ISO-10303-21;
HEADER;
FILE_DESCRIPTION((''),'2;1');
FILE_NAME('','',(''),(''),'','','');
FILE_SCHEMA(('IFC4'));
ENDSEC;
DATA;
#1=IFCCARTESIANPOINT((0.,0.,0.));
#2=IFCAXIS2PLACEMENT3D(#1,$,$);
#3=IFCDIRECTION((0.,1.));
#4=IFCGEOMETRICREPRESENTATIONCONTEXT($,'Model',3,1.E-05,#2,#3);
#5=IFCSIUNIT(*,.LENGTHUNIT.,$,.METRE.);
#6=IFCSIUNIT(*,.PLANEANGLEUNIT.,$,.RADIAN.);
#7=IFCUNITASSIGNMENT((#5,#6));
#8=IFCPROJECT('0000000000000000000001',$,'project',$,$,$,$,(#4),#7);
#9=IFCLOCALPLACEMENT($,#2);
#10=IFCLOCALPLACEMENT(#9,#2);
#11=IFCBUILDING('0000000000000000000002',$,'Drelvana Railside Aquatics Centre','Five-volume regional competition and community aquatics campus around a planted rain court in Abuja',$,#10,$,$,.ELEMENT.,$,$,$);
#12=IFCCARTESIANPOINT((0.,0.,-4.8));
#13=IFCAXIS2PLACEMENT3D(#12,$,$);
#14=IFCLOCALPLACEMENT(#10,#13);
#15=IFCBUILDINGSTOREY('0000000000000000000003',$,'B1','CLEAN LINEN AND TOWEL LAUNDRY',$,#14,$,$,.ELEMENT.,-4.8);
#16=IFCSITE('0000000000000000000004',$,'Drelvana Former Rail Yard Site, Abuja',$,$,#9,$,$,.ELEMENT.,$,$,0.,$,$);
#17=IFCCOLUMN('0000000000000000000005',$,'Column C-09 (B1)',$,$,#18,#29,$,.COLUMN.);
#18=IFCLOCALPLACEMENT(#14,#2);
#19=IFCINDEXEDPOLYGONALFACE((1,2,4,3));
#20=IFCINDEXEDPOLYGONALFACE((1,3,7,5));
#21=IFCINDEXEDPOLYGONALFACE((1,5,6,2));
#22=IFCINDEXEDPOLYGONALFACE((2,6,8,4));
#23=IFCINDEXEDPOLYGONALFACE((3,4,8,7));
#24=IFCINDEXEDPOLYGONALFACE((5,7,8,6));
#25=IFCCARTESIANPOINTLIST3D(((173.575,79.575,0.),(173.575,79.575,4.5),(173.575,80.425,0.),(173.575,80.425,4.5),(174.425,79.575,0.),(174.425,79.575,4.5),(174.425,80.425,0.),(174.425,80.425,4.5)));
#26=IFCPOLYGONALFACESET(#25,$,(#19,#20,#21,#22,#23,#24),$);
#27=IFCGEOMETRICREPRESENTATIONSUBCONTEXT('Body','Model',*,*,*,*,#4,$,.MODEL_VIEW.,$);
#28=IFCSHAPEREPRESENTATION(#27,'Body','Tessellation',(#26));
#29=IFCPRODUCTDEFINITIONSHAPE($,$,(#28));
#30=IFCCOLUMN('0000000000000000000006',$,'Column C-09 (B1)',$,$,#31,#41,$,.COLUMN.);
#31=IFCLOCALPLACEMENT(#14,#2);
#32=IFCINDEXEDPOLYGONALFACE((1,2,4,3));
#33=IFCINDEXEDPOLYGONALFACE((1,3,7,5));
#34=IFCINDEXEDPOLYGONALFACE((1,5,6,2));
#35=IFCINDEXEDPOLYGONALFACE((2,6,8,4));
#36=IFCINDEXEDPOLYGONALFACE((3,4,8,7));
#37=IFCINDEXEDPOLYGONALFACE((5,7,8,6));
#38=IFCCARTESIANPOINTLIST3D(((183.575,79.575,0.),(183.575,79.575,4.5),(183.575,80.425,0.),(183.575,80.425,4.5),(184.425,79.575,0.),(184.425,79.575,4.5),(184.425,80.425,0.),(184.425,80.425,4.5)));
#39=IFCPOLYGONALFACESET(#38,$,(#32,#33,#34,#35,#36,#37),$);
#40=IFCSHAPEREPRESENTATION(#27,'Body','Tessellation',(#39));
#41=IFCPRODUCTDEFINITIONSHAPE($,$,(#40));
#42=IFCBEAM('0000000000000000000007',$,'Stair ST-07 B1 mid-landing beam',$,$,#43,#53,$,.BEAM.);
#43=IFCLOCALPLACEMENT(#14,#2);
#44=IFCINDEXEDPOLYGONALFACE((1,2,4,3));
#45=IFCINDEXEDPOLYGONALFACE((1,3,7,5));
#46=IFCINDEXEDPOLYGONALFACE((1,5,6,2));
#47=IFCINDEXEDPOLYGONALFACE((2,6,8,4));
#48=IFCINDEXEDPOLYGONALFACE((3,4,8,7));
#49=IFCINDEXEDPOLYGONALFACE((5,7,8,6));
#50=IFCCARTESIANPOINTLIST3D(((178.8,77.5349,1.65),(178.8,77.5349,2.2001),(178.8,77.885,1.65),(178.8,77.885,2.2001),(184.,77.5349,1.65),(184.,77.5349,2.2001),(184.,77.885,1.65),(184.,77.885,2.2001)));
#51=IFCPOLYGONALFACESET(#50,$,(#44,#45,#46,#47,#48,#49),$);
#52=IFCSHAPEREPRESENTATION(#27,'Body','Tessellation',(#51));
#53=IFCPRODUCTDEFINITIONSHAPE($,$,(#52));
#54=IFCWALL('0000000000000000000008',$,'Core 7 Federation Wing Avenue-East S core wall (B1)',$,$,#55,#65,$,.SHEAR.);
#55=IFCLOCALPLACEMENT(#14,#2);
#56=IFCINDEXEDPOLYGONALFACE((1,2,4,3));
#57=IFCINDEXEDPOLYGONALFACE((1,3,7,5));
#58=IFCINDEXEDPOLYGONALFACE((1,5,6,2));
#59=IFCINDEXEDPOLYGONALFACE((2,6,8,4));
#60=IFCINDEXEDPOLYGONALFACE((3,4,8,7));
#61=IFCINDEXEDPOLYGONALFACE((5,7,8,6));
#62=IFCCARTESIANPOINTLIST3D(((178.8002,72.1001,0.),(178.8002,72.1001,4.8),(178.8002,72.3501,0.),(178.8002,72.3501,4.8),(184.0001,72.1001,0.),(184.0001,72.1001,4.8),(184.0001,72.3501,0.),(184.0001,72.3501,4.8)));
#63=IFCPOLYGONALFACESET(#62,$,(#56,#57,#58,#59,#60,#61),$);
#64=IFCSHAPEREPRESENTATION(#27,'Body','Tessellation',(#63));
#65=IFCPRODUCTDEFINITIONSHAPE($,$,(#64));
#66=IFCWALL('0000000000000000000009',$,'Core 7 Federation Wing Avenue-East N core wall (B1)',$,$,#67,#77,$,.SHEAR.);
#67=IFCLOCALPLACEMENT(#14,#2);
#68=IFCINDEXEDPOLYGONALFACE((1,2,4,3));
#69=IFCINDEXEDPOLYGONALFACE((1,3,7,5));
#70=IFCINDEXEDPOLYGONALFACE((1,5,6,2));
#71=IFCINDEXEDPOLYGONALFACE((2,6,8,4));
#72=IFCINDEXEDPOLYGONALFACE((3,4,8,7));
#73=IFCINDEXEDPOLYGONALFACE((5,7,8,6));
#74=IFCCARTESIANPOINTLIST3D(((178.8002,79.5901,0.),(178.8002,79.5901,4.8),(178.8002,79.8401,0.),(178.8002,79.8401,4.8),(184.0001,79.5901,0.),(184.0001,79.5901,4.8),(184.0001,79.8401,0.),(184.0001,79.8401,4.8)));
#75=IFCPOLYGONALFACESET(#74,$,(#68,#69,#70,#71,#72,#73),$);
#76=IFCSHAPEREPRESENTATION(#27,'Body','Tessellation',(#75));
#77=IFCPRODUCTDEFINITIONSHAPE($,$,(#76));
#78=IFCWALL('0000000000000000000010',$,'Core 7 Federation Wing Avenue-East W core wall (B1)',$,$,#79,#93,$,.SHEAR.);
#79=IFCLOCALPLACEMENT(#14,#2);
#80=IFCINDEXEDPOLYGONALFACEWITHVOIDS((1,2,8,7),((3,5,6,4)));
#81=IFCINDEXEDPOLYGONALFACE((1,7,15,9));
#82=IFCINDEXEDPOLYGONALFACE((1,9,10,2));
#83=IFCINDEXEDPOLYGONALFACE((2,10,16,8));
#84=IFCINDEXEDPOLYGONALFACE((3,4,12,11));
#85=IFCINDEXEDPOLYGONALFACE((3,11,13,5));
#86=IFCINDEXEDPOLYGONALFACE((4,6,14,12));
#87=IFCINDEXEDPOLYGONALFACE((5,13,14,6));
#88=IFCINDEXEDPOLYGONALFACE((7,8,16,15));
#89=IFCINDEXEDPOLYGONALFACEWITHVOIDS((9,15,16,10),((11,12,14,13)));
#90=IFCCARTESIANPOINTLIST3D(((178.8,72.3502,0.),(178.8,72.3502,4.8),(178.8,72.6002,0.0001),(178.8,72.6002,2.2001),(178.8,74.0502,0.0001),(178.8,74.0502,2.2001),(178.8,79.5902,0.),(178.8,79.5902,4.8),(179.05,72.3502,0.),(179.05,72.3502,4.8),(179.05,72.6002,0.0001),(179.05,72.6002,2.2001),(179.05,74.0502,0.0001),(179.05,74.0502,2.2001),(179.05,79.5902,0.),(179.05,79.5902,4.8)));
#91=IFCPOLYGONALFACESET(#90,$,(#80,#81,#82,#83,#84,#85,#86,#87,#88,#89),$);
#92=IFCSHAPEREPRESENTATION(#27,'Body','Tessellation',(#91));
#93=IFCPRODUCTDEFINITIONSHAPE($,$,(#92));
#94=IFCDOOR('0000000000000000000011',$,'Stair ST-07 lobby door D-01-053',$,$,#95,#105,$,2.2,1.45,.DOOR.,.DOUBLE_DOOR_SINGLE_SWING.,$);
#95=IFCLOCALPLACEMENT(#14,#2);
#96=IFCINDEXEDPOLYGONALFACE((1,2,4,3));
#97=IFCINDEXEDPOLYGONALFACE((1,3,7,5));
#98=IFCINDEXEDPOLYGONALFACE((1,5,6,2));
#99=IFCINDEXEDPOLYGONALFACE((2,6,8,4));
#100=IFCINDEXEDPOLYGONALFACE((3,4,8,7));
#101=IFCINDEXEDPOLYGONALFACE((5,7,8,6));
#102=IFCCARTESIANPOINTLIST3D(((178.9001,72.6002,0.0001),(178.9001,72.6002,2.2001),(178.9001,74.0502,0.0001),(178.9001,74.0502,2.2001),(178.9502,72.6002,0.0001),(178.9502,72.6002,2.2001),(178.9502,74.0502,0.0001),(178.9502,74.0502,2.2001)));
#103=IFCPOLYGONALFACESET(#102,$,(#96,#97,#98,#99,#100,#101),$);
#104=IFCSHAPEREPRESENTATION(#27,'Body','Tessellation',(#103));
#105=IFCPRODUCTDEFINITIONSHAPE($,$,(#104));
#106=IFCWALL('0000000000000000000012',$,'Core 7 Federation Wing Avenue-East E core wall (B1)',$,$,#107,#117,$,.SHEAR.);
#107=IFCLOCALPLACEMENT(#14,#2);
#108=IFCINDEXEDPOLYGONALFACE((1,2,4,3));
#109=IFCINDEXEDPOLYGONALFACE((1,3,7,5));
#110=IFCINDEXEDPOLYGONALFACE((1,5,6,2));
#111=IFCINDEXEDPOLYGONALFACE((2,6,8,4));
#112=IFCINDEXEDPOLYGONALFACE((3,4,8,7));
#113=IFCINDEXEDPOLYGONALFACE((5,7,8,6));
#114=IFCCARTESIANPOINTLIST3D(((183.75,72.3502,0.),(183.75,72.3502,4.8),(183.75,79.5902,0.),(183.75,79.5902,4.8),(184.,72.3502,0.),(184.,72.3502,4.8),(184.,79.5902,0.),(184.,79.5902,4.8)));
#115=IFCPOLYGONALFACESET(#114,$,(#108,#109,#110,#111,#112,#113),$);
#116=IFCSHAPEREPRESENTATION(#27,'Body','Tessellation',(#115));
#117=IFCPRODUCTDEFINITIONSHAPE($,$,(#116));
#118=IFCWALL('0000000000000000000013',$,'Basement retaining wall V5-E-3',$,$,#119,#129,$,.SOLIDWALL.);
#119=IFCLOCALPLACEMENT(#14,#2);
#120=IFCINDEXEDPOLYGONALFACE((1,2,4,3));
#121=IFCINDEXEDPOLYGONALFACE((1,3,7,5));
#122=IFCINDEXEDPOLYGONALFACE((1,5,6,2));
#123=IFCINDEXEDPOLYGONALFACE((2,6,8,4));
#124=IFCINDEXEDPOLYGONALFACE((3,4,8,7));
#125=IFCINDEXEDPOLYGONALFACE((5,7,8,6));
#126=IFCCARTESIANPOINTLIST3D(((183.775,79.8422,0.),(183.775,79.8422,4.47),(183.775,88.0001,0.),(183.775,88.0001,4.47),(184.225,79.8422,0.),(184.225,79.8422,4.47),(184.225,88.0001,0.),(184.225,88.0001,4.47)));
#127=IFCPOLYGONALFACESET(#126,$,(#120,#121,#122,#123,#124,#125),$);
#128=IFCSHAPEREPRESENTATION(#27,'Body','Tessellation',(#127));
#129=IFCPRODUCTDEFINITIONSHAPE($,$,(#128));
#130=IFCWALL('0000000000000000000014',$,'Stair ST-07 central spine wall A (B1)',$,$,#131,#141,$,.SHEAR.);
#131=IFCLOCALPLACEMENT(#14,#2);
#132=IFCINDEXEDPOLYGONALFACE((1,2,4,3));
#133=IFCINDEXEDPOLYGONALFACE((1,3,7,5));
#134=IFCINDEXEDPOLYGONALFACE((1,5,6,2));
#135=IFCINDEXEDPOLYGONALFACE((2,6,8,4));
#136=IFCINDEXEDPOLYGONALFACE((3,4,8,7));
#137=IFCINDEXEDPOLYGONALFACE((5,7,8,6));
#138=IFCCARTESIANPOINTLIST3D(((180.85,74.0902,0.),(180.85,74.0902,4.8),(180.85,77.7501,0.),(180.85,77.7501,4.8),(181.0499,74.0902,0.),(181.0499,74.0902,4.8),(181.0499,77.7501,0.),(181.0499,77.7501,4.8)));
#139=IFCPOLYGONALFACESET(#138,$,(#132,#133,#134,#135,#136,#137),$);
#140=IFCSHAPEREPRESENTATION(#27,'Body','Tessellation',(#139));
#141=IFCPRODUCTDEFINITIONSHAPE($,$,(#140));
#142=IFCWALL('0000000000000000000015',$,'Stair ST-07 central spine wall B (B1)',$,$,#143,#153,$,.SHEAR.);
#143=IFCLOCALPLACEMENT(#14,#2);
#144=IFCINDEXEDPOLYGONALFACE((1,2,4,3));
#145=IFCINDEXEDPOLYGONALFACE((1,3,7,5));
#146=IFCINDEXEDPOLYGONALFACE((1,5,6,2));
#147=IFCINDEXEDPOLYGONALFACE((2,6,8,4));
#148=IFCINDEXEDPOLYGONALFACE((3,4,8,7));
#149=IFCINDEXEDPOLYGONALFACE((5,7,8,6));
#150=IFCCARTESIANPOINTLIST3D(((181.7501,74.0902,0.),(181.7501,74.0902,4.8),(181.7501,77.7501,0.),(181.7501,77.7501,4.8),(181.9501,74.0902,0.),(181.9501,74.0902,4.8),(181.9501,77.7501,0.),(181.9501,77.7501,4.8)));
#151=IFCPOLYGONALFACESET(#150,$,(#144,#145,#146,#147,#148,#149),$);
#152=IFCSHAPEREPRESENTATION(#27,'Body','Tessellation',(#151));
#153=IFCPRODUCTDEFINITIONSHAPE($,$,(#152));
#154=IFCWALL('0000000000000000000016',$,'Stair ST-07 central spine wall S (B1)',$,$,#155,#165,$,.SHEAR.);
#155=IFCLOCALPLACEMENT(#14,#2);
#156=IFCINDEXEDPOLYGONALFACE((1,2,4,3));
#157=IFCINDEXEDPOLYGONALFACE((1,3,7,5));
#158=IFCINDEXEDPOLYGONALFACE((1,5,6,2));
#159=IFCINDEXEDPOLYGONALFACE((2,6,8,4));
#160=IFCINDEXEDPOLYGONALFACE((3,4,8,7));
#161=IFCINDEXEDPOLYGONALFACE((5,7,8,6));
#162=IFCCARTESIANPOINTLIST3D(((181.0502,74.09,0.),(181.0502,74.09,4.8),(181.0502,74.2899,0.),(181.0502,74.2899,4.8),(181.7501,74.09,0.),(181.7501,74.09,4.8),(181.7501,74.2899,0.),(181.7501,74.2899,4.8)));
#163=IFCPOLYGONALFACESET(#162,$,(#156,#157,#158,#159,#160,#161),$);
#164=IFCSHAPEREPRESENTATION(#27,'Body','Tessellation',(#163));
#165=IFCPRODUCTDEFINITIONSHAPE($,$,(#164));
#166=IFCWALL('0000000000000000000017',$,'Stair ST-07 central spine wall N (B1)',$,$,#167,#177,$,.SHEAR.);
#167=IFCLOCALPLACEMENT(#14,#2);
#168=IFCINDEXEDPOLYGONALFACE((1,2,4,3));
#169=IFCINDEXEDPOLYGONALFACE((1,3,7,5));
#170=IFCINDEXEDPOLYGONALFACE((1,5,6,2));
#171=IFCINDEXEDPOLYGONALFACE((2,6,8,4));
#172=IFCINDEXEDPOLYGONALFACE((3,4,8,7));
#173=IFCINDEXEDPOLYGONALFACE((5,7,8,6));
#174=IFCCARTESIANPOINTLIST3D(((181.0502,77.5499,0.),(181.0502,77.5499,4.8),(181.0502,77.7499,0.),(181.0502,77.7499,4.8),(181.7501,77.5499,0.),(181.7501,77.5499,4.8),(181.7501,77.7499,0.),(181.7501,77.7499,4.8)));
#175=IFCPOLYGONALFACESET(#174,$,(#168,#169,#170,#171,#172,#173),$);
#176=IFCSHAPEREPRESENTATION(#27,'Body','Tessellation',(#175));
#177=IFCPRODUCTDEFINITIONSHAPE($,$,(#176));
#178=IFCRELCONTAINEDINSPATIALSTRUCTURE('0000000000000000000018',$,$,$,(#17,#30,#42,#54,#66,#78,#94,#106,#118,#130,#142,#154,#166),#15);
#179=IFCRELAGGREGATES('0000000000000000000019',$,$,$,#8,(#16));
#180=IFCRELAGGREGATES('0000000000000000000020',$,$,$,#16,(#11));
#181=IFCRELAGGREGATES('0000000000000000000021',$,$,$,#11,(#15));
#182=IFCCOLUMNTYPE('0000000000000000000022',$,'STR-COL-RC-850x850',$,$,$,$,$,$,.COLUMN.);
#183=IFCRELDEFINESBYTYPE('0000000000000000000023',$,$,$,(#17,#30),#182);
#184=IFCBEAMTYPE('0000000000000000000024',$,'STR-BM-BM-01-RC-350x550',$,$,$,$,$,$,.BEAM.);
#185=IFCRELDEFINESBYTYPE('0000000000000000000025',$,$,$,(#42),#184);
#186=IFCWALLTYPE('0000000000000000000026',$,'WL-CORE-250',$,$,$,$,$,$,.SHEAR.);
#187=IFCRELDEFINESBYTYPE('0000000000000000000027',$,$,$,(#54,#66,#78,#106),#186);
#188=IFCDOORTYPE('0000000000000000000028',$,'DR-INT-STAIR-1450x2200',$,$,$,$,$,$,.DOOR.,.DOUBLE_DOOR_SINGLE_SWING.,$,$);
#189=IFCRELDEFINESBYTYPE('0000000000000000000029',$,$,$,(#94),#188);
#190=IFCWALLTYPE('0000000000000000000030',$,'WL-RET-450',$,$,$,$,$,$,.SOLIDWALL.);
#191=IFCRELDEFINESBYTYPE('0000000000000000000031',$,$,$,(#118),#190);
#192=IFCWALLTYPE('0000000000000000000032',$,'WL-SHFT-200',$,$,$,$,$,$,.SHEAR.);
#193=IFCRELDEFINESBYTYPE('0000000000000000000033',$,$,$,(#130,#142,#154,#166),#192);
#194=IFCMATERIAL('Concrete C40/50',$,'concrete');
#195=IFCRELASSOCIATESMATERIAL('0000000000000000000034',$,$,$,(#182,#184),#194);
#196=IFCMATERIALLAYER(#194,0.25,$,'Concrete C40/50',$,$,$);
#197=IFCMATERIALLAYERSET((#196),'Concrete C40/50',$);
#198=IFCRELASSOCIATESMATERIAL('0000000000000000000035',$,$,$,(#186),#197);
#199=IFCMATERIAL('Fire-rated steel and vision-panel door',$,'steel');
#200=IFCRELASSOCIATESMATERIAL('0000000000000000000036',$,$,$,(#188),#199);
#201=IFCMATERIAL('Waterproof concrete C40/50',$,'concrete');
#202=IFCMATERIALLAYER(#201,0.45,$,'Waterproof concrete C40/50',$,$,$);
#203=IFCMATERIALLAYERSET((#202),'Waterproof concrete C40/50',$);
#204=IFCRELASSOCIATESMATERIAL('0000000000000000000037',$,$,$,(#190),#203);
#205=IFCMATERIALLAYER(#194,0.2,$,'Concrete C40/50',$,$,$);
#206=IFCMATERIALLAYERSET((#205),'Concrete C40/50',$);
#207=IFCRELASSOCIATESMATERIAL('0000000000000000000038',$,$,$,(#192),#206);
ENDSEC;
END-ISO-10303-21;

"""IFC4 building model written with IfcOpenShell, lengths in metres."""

from ifc_helpers import new_model, si_unit, direction, frame, frame_2d, origin, origin_2d, place, context, subcontext, project, spatial, rectangle, extrude, material, layer, layer_set, material_profile, profile_set, type_object, element, fill, save


model = new_model("IFC4")

# Units and contexts
model_context = context("Model", 3, precision=1e-05, world=origin(), true_north=direction((0.0, 1.0)))
body_context = subcontext(model_context, "Body", "Model", "MODEL_VIEW")
ifc_project = project(units=[si_unit("LENGTHUNIT", "METRE"), si_unit("PLANEANGLEUNIT", "RADIAN")], contexts=[model_context])

# Site, building, storey
site_placement = place(None, origin())
site = spatial("IfcSite", under=ifc_project, at=site_placement, Name="Drelvana Former Rail Yard Site, Abuja", CompositionType="ELEMENT", RefElevation=0.0)
building_placement = place(site_placement, origin())
building = spatial("IfcBuilding", under=site, at=building_placement, Name="Drelvana Railside Aquatics Centre", Description="Five-volume regional competition and community aquatics campus around a planted rain court in Abuja", CompositionType="ELEMENT")
storey_placement = place(building_placement, frame((0.0, 0.0, -4.8)))
storey = spatial("IfcBuildingStorey", under=building, at=storey_placement, Name="B1", Description="CLEAN LINEN AND TOWEL LAUNDRY", CompositionType="ELEMENT", Elevation=-4.8)

# Columns
ifc_material_1 = material(Name="Concrete C40/50", Category="concrete")
ifc_material_profile_1 = material_profile(ifc_material_1, rectangle(XDim=0.8501, YDim=0.8501, at=origin_2d()), Name="RC 850x850")
ifc_profile_set_1 = profile_set([ifc_material_profile_1], Name="Concrete C40/50")
column_type = type_object("IfcColumnType", Name="STR-COL-RC-850x850", PredefinedType="COLUMN", material=ifc_profile_set_1)
for number, where, z_axis, x_axis, name in (
    (1, (174.0, 80.0, 0.0), (0.0, 0.0, 1.0), (1.0, 0.0, 0.0), "Column C-09 (B1)"),
    (2, (184.0, 80.0, 0.0), (0.0, 0.0, 1.0), (1.0, 0.0, 0.0), "Column C-09 (B1)"),
):
    element("IfcColumn", number, at=place(storey_placement, frame(where, z_axis=z_axis, x_axis=x_axis)), inside=storey, type_object=column_type, Name=name, PredefinedType="COLUMN", context=body_context, shape_type="SweptSolid", body=[
        extrude(rectangle(XDim=0.8501, YDim=0.8501, at=origin_2d()), origin(), (0.0, 0.0, 1.0), 4.5),
    ])

# Beam
ifc_material_profile_2 = material_profile(ifc_material_1, rectangle(XDim=0.3501, YDim=0.55, at=origin_2d()), Name="RC 350x550")
ifc_profile_set_2 = profile_set([ifc_material_profile_2], Name="Concrete C40/50")
beam_type = type_object("IfcBeamType", Name="STR-BM-BM-01-RC-350x550", PredefinedType="BEAM", material=ifc_profile_set_2)
beam_placement = place(storey_placement, frame((178.8, 77.71, 1.925), z_axis=(1.0, 0.0, 0.0), x_axis=(0.0, 1.0, 0.0)))
element("IfcBeam", 3, at=beam_placement, inside=storey, type_object=beam_type, Name="Stair ST-07 B1 mid-landing beam", PredefinedType="BEAM", context=body_context, shape_type="SweptSolid", body=[
    extrude(rectangle(XDim=0.3501, YDim=0.55, at=origin_2d()), origin(), (0.0, 0.0, 1.0), 5.2),
])

# Walls
ifc_layer_1 = layer(ifc_material_1, 0.25, Name="Concrete C40/50")
ifc_layer_set_1 = layer_set([ifc_layer_1], Name="Concrete C40/50")
wall_type_1 = type_object("IfcWallType", Name="WL-CORE-250", PredefinedType="SHEAR", material=ifc_layer_set_1)
for number, where, z_axis, x_axis, name in (
    (4, (178.8, 72.2251, 0.0), (0.0, 0.0, 1.0), (1.0, 0.0, 0.0), "Core 7 Federation Wing Avenue-East S core wall (B1)"),
    (5, (178.8, 79.7151, 0.0), (0.0, 0.0, 1.0), (1.0, 0.0, 0.0), "Core 7 Federation Wing Avenue-East N core wall (B1)"),
):
    element("IfcWall", number, at=place(storey_placement, frame(where, z_axis=z_axis, x_axis=x_axis)), inside=storey, type_object=wall_type_1, Name=name, PredefinedType="SHEAR", context=body_context, shape_type="SweptSolid", body=[
        extrude(rectangle(XDim=5.2, YDim=0.25, at=frame_2d((2.6001, 0.0))), origin(), (0.0, 0.0, 1.0), 4.8),
    ])

# Wall, opening, door
wall_1_placement = place(storey_placement, frame((178.925, 72.3501, 0.0), z_axis=(0.0, 0.0, 1.0), x_axis=(0.0, 1.0, 0.0)))
wall_1 = element("IfcWall", 6, at=wall_1_placement, inside=storey, type_object=wall_type_1, Name="Core 7 Federation Wing Avenue-East W core wall (B1)", PredefinedType="SHEAR", context=body_context, shape_type="SweptSolid", body=[
    extrude(rectangle(XDim=7.24, YDim=0.25, at=frame_2d((3.6201, 0.0))), origin(), (0.0, 0.0, 1.0), 4.8),
])
opening_placement = place(wall_1_placement, frame((0.25, 0.0, 0.0)))
opening = element("IfcOpeningElement", 7, at=opening_placement, cuts=wall_1, PredefinedType="OPENING", context=body_context, shape_type="SweptSolid", body=[
    extrude(rectangle(XDim=1.45, YDim=2.2, at=frame_2d((0.7251, 1.1001))), frame((0.0, 0.135, 0.0), z_axis=(0.0, -1.0, 0.0), x_axis=(1.0, 0.0, 0.0)), (0.0, 0.0, 1.0), 0.27),
])
ifc_material_2 = material(Name="Fire-rated steel and vision-panel door", Category="steel")
door_type = type_object("IfcDoorType", Name="DR-INT-STAIR-1450x2200", OperationType="DOUBLE_DOOR_SINGLE_SWING", PredefinedType="DOOR", material=ifc_material_2)
door_placement = place(opening_placement, origin())
door = element("IfcDoor", 8, at=door_placement, inside=storey, type_object=door_type, Name="Stair ST-07 lobby door D-01-053", OperationType="DOUBLE_DOOR_SINGLE_SWING", OverallHeight=2.2, OverallWidth=1.45, PredefinedType="DOOR", context=body_context, shape_type="SweptSolid", body=[
    extrude(rectangle(XDim=1.45, YDim=2.2, at=frame_2d((0.7251, 1.1001))), frame((0.0, 0.0249, 0.0), z_axis=(0.0, -1.0, 0.0), x_axis=(1.0, 0.0, 0.0)), (0.0, 0.0, 1.0), 0.05),
])
fill(opening, door)

# Walls
wall_2_placement = place(storey_placement, frame((183.875, 72.3501, 0.0), z_axis=(0.0, 0.0, 1.0), x_axis=(0.0, 1.0, 0.0)))
element("IfcWall", 9, at=wall_2_placement, inside=storey, type_object=wall_type_1, Name="Core 7 Federation Wing Avenue-East E core wall (B1)", PredefinedType="SHEAR", context=body_context, shape_type="SweptSolid", body=[
    extrude(rectangle(XDim=7.24, YDim=0.25, at=frame_2d((3.6201, 0.0))), origin(), (0.0, 0.0, 1.0), 4.8),
])
ifc_material_3 = material(Name="Waterproof concrete C40/50", Category="concrete")
ifc_layer_2 = layer(ifc_material_3, 0.45, Name="Waterproof concrete C40/50")
ifc_layer_set_2 = layer_set([ifc_layer_2], Name="Waterproof concrete C40/50")
wall_type_2 = type_object("IfcWallType", Name="WL-RET-450", PredefinedType="SOLIDWALL", material=ifc_layer_set_2)
wall_3_placement = place(storey_placement, frame((184.0, 79.842, 0.0), z_axis=(0.0, 0.0, 1.0), x_axis=(0.0, 1.0, 0.0)))
element("IfcWall", 10, at=wall_3_placement, inside=storey, type_object=wall_type_2, Name="Basement retaining wall V5-E-3", PredefinedType="SOLIDWALL", context=body_context, shape_type="SweptSolid", body=[
    extrude(rectangle(XDim=8.158, YDim=0.45, at=frame_2d((4.0791, 0.0))), origin(), (0.0, 0.0, 1.0), 4.47),
])
ifc_layer_3 = layer(ifc_material_1, 0.2, Name="Concrete C40/50")
ifc_layer_set_3 = layer_set([ifc_layer_3], Name="Concrete C40/50")
wall_type_3 = type_object("IfcWallType", Name="WL-SHFT-200", PredefinedType="SHEAR", material=ifc_layer_set_3)
for number, where, z_axis, x_axis, name in (
    (11, (180.95, 74.0901, 0.0), (0.0, 0.0, 1.0), (0.0, 1.0, 0.0), "Stair ST-07 central spine wall A (B1)"),
    (12, (181.8501, 74.0901, 0.0), (0.0, 0.0, 1.0), (0.0, 1.0, 0.0), "Stair ST-07 central spine wall B (B1)"),
):
    element("IfcWall", number, at=place(storey_placement, frame(where, z_axis=z_axis, x_axis=x_axis)), inside=storey, type_object=wall_type_3, Name=name, PredefinedType="SHEAR", context=body_context, shape_type="SweptSolid", body=[
        extrude(rectangle(XDim=3.6599, YDim=0.2, at=frame_2d((1.8301, 0.0))), origin(), (0.0, 0.0, 1.0), 4.8),
    ])
for number, where, z_axis, x_axis, name in (
    (13, (181.05, 74.1899, 0.0), (0.0, 0.0, 1.0), (1.0, 0.0, 0.0), "Stair ST-07 central spine wall S (B1)"),
    (14, (181.05, 77.6499, 0.0), (0.0, 0.0, 1.0), (1.0, 0.0, 0.0), "Stair ST-07 central spine wall N (B1)"),
):
    element("IfcWall", number, at=place(storey_placement, frame(where, z_axis=z_axis, x_axis=x_axis)), inside=storey, type_object=wall_type_3, Name=name, PredefinedType="SHEAR", context=body_context, shape_type="SweptSolid", body=[
        extrude(rectangle(XDim=0.7, YDim=0.2, at=frame_2d((0.3501, 0.0))), origin(), (0.0, 0.0, 1.0), 4.8),
    ])

save(model, "model.ifc")
